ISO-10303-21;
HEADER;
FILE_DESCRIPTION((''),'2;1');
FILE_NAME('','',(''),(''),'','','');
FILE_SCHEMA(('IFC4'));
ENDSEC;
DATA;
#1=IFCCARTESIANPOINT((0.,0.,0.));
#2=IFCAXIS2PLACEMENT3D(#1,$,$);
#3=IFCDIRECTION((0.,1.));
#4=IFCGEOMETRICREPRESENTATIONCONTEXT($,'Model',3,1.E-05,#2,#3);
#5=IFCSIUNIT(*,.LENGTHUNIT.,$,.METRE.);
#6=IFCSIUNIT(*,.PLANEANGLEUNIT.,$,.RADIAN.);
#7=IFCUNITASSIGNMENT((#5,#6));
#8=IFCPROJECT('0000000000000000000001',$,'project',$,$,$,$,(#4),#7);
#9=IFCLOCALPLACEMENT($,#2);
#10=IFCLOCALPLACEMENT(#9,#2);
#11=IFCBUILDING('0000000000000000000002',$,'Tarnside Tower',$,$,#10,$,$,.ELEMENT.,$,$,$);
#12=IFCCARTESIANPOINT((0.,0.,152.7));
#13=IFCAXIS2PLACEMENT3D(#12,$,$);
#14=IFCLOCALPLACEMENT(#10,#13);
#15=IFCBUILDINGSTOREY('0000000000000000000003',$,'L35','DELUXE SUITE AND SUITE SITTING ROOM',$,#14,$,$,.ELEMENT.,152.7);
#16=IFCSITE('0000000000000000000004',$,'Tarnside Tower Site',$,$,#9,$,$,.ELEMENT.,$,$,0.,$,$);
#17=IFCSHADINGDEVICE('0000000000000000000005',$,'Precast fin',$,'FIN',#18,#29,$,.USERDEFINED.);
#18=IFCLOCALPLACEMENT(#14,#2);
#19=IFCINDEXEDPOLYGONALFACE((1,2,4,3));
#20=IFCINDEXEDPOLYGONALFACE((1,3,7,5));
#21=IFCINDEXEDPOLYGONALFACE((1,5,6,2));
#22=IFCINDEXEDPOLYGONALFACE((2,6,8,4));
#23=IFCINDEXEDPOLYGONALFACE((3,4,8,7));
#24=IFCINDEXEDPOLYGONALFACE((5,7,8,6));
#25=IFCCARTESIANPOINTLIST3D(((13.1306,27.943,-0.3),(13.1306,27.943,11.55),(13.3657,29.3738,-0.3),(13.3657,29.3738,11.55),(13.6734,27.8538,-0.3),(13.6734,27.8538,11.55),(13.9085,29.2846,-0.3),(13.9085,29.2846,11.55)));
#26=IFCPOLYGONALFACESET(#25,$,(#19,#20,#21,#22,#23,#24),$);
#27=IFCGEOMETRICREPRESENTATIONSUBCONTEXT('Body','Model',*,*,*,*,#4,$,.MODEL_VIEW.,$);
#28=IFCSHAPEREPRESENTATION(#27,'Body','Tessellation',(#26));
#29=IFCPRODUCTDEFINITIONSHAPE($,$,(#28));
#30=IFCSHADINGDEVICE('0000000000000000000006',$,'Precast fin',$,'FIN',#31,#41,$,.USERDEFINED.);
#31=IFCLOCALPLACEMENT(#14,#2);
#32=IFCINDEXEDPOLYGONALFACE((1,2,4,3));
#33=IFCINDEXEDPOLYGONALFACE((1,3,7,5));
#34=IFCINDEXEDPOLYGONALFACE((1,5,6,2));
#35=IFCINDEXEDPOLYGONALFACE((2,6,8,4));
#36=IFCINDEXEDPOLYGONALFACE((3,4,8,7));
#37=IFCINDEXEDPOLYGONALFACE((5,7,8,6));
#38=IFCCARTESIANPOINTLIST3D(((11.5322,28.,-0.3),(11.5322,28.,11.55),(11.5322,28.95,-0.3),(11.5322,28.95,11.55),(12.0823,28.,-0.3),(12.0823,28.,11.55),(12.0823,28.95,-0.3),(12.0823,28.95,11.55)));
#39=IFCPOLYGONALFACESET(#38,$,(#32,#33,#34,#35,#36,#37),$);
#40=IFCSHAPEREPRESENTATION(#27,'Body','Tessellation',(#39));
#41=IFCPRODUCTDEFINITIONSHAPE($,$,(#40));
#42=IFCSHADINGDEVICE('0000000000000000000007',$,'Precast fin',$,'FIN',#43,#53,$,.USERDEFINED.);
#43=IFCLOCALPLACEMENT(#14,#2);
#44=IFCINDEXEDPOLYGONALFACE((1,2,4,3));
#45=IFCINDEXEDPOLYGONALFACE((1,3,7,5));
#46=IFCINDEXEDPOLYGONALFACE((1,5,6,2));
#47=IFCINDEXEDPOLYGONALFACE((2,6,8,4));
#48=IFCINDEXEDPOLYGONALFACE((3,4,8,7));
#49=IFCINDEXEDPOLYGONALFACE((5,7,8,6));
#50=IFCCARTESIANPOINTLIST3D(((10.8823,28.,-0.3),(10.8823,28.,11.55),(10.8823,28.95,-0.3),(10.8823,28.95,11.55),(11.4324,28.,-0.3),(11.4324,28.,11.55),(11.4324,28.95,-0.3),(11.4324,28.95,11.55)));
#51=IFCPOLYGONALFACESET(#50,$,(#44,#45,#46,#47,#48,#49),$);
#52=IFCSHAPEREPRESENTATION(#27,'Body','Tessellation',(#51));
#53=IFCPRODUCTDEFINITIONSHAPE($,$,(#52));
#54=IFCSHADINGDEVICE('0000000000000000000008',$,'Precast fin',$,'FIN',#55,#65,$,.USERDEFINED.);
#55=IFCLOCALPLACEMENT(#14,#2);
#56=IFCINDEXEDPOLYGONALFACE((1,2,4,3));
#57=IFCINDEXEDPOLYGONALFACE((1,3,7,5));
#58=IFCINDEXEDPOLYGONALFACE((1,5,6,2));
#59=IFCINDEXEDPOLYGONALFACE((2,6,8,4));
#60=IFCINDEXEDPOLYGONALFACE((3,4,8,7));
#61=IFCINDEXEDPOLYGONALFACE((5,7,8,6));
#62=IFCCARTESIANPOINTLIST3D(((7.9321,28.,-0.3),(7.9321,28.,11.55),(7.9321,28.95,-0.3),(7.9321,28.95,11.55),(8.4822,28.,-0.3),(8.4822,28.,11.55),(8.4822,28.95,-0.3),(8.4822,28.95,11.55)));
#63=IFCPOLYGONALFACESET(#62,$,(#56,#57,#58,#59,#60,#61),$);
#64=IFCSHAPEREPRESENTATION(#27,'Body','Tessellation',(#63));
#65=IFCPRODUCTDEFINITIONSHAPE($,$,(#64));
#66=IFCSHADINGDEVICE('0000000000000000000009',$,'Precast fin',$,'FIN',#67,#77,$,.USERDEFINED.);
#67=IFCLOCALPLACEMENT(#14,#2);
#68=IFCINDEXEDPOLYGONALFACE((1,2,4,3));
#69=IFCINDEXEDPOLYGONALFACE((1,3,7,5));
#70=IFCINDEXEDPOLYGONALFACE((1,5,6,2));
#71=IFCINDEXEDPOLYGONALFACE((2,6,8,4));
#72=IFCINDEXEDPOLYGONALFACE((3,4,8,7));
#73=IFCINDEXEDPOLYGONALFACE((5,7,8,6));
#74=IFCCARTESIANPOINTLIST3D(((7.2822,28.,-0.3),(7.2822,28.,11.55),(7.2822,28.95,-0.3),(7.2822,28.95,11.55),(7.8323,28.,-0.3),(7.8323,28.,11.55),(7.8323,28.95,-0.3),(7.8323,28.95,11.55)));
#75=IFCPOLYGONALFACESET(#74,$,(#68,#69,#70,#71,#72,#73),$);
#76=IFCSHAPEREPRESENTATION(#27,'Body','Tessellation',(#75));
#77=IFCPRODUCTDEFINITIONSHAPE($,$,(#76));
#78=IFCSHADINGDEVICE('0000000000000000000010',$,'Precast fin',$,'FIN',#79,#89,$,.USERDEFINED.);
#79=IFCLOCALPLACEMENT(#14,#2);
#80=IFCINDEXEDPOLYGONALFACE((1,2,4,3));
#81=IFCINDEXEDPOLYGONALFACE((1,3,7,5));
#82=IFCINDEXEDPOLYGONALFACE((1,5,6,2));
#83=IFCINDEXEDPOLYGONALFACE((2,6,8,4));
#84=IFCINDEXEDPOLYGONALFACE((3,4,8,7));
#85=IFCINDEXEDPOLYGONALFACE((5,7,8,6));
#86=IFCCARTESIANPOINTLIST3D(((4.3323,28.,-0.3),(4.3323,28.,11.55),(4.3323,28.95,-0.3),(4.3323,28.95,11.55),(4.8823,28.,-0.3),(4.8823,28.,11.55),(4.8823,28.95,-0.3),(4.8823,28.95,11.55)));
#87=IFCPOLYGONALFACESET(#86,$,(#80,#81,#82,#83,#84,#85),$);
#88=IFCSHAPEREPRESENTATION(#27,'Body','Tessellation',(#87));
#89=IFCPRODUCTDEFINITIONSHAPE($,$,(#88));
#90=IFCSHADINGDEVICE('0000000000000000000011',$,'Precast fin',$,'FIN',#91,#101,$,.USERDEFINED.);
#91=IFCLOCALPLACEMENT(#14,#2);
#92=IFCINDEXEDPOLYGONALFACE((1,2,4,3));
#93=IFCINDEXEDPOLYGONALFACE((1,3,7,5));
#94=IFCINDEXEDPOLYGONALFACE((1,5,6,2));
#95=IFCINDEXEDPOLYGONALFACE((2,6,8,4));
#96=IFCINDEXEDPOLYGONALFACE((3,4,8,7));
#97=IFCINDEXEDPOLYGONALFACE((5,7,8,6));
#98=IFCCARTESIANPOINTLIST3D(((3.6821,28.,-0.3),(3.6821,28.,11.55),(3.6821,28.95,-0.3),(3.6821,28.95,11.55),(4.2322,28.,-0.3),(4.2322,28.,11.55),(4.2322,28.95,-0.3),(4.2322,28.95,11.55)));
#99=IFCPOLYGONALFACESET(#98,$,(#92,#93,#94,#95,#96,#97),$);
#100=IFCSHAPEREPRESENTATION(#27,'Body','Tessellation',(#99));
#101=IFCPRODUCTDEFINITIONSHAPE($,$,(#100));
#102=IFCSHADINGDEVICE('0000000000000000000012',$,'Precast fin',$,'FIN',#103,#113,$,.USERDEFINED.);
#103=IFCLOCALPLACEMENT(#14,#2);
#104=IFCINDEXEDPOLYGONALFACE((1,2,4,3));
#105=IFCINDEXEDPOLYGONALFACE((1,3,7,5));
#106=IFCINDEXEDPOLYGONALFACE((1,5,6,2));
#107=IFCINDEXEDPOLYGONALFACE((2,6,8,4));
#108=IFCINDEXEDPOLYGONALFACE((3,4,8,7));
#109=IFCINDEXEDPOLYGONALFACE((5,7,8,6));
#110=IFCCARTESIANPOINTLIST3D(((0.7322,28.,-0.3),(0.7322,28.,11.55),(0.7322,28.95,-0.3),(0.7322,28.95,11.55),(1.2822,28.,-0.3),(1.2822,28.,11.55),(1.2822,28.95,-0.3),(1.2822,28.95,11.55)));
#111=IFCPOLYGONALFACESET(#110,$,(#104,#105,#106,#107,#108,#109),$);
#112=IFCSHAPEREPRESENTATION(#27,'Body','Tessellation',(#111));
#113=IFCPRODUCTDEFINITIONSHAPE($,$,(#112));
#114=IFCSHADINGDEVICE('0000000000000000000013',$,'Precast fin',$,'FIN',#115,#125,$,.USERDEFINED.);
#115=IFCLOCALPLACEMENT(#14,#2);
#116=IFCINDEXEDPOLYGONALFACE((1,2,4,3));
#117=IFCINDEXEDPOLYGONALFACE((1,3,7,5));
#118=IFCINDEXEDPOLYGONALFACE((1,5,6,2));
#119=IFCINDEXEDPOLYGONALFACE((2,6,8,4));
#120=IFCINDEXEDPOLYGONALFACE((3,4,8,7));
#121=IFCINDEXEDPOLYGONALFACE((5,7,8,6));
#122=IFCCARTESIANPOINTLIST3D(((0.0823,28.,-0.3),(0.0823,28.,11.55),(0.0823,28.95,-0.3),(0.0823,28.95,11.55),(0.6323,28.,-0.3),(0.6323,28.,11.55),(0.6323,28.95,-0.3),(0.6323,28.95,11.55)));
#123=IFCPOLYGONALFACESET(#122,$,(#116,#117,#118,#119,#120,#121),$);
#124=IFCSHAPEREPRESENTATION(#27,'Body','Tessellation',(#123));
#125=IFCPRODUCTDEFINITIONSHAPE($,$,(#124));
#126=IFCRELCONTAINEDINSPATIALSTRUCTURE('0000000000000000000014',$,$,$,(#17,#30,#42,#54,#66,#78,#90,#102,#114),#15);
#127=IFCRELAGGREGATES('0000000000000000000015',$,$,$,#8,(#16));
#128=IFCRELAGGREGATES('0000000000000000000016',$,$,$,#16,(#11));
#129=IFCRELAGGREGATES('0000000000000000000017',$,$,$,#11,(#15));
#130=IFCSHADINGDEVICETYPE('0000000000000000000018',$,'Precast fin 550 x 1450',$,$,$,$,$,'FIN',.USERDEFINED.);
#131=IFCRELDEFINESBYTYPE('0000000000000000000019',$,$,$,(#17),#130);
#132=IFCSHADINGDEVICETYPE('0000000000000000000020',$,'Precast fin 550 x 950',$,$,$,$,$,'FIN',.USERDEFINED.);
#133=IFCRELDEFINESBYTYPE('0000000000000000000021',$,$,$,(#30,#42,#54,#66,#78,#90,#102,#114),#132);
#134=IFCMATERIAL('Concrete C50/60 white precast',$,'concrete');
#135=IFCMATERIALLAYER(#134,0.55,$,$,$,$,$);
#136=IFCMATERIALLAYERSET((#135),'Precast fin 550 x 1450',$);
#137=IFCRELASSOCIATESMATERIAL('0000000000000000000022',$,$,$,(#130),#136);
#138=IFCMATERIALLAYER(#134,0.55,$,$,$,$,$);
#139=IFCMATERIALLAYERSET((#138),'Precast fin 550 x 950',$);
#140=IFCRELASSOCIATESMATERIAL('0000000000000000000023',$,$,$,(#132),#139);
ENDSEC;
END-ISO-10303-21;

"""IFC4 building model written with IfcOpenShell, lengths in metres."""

from ifc_helpers import new_model, si_unit, direction, frame, origin, place, context, subcontext, project, spatial, polyline, outline, extrude, material, layer, layer_set, type_object, element, save


model = new_model("IFC4")

# Units and contexts
model_context = context("Model", 3, precision=1e-05, world=origin(), true_north=direction((0.0, 1.0)))
body_context = subcontext(model_context, "Body", "Model", "MODEL_VIEW")
ifc_project = project(units=[si_unit("LENGTHUNIT", "METRE"), si_unit("PLANEANGLEUNIT", "RADIAN")], contexts=[model_context])

# Site, building, storey
site_placement = place(None, origin())
site = spatial("IfcSite", under=ifc_project, at=site_placement, Name="Tarnside Tower Site", CompositionType="ELEMENT", RefElevation=0.0)
building_placement = place(site_placement, origin())
building = spatial("IfcBuilding", under=site, at=building_placement, Name="Tarnside Tower", CompositionType="ELEMENT")
storey_placement = place(building_placement, frame((0.0, 0.0, 152.7)))
storey = spatial("IfcBuildingStorey", under=building, at=storey_placement, Name="L35", Description="DELUXE SUITE AND SUITE SITTING ROOM", CompositionType="ELEMENT", Elevation=152.7)

# Shading devices
ifc_material_1 = material(Name="Concrete C50/60 white precast", Category="concrete")
ifc_layer_1 = layer(ifc_material_1, 0.55)
ifc_layer_set_1 = layer_set([ifc_layer_1], Name="Precast fin 550 x 1450")
shading_device_type_1 = type_object("IfcShadingDeviceType", Name="Precast fin 550 x 1450", ElementType="FIN", PredefinedType="USERDEFINED", material=ifc_layer_set_1)
shading_device_placement = place(storey_placement, frame((13.4019, 27.8984, -0.3), z_axis=(0.986762, -0.162178, 0.0), x_axis=(0.162178, 0.986762, 0.0)))
element("IfcShadingDevice", 1, at=shading_device_placement, inside=storey, type_object=shading_device_type_1, Name="Precast fin", ObjectType="FIN", PredefinedType="USERDEFINED", context=body_context, shape_type="SweptSolid", body=[
    extrude(outline(polyline([(0.0, 0.0), (1.45, 0.0), (1.45, 11.8501), (0.0, 11.8501), (0.0, 0.0)])), frame((0.0, 0.0, -0.2749)), (0.0, 0.0, 1.0), 0.55),
])
ifc_layer_2 = layer(ifc_material_1, 0.55)
ifc_layer_set_2 = layer_set([ifc_layer_2], Name="Precast fin 550 x 950")
shading_device_type_2 = type_object("IfcShadingDeviceType", Name="Precast fin 550 x 950", ElementType="FIN", PredefinedType="USERDEFINED", material=ifc_layer_set_2)
for number, where, z_axis, x_axis, name in (
    (2, (11.8071, 28.0, -0.3), (1.0, 0.0, 0.0), (0.0, 1.0, 0.0), "Precast fin"),
    (3, (11.1572, 28.0, -0.3), (1.0, 0.0, 0.0), (0.0, 1.0, 0.0), "Precast fin"),
    (4, (8.207, 28.0, -0.3), (1.0, 0.0, 0.0), (0.0, 1.0, 0.0), "Precast fin"),
    (5, (7.5571, 28.0, -0.3), (1.0, 0.0, 0.0), (0.0, 1.0, 0.0), "Precast fin"),
    (6, (4.6072, 28.0, -0.3), (1.0, 0.0, 0.0), (0.0, 1.0, 0.0), "Precast fin"),
    (7, (3.957, 28.0, -0.3), (1.0, 0.0, 0.0), (0.0, 1.0, 0.0), "Precast fin"),
    (8, (1.0071, 28.0, -0.3), (1.0, 0.0, 0.0), (0.0, 1.0, 0.0), "Precast fin"),
    (9, (0.3572, 28.0, -0.3), (1.0, 0.0, 0.0), (0.0, 1.0, 0.0), "Precast fin"),
):
    element("IfcShadingDevice", number, at=place(storey_placement, frame(where, z_axis=z_axis, x_axis=x_axis)), inside=storey, type_object=shading_device_type_2, Name=name, ObjectType="FIN", PredefinedType="USERDEFINED", context=body_context, shape_type="SweptSolid", body=[
        extrude(outline(polyline([(0.0, 0.0), (0.95, 0.0), (0.95, 11.8501), (0.0, 11.8501), (0.0, 0.0)])), frame((0.0, 0.0, -0.2749)), (0.0, 0.0, 1.0), 0.55),
    ])

save(model, "model.ifc")
